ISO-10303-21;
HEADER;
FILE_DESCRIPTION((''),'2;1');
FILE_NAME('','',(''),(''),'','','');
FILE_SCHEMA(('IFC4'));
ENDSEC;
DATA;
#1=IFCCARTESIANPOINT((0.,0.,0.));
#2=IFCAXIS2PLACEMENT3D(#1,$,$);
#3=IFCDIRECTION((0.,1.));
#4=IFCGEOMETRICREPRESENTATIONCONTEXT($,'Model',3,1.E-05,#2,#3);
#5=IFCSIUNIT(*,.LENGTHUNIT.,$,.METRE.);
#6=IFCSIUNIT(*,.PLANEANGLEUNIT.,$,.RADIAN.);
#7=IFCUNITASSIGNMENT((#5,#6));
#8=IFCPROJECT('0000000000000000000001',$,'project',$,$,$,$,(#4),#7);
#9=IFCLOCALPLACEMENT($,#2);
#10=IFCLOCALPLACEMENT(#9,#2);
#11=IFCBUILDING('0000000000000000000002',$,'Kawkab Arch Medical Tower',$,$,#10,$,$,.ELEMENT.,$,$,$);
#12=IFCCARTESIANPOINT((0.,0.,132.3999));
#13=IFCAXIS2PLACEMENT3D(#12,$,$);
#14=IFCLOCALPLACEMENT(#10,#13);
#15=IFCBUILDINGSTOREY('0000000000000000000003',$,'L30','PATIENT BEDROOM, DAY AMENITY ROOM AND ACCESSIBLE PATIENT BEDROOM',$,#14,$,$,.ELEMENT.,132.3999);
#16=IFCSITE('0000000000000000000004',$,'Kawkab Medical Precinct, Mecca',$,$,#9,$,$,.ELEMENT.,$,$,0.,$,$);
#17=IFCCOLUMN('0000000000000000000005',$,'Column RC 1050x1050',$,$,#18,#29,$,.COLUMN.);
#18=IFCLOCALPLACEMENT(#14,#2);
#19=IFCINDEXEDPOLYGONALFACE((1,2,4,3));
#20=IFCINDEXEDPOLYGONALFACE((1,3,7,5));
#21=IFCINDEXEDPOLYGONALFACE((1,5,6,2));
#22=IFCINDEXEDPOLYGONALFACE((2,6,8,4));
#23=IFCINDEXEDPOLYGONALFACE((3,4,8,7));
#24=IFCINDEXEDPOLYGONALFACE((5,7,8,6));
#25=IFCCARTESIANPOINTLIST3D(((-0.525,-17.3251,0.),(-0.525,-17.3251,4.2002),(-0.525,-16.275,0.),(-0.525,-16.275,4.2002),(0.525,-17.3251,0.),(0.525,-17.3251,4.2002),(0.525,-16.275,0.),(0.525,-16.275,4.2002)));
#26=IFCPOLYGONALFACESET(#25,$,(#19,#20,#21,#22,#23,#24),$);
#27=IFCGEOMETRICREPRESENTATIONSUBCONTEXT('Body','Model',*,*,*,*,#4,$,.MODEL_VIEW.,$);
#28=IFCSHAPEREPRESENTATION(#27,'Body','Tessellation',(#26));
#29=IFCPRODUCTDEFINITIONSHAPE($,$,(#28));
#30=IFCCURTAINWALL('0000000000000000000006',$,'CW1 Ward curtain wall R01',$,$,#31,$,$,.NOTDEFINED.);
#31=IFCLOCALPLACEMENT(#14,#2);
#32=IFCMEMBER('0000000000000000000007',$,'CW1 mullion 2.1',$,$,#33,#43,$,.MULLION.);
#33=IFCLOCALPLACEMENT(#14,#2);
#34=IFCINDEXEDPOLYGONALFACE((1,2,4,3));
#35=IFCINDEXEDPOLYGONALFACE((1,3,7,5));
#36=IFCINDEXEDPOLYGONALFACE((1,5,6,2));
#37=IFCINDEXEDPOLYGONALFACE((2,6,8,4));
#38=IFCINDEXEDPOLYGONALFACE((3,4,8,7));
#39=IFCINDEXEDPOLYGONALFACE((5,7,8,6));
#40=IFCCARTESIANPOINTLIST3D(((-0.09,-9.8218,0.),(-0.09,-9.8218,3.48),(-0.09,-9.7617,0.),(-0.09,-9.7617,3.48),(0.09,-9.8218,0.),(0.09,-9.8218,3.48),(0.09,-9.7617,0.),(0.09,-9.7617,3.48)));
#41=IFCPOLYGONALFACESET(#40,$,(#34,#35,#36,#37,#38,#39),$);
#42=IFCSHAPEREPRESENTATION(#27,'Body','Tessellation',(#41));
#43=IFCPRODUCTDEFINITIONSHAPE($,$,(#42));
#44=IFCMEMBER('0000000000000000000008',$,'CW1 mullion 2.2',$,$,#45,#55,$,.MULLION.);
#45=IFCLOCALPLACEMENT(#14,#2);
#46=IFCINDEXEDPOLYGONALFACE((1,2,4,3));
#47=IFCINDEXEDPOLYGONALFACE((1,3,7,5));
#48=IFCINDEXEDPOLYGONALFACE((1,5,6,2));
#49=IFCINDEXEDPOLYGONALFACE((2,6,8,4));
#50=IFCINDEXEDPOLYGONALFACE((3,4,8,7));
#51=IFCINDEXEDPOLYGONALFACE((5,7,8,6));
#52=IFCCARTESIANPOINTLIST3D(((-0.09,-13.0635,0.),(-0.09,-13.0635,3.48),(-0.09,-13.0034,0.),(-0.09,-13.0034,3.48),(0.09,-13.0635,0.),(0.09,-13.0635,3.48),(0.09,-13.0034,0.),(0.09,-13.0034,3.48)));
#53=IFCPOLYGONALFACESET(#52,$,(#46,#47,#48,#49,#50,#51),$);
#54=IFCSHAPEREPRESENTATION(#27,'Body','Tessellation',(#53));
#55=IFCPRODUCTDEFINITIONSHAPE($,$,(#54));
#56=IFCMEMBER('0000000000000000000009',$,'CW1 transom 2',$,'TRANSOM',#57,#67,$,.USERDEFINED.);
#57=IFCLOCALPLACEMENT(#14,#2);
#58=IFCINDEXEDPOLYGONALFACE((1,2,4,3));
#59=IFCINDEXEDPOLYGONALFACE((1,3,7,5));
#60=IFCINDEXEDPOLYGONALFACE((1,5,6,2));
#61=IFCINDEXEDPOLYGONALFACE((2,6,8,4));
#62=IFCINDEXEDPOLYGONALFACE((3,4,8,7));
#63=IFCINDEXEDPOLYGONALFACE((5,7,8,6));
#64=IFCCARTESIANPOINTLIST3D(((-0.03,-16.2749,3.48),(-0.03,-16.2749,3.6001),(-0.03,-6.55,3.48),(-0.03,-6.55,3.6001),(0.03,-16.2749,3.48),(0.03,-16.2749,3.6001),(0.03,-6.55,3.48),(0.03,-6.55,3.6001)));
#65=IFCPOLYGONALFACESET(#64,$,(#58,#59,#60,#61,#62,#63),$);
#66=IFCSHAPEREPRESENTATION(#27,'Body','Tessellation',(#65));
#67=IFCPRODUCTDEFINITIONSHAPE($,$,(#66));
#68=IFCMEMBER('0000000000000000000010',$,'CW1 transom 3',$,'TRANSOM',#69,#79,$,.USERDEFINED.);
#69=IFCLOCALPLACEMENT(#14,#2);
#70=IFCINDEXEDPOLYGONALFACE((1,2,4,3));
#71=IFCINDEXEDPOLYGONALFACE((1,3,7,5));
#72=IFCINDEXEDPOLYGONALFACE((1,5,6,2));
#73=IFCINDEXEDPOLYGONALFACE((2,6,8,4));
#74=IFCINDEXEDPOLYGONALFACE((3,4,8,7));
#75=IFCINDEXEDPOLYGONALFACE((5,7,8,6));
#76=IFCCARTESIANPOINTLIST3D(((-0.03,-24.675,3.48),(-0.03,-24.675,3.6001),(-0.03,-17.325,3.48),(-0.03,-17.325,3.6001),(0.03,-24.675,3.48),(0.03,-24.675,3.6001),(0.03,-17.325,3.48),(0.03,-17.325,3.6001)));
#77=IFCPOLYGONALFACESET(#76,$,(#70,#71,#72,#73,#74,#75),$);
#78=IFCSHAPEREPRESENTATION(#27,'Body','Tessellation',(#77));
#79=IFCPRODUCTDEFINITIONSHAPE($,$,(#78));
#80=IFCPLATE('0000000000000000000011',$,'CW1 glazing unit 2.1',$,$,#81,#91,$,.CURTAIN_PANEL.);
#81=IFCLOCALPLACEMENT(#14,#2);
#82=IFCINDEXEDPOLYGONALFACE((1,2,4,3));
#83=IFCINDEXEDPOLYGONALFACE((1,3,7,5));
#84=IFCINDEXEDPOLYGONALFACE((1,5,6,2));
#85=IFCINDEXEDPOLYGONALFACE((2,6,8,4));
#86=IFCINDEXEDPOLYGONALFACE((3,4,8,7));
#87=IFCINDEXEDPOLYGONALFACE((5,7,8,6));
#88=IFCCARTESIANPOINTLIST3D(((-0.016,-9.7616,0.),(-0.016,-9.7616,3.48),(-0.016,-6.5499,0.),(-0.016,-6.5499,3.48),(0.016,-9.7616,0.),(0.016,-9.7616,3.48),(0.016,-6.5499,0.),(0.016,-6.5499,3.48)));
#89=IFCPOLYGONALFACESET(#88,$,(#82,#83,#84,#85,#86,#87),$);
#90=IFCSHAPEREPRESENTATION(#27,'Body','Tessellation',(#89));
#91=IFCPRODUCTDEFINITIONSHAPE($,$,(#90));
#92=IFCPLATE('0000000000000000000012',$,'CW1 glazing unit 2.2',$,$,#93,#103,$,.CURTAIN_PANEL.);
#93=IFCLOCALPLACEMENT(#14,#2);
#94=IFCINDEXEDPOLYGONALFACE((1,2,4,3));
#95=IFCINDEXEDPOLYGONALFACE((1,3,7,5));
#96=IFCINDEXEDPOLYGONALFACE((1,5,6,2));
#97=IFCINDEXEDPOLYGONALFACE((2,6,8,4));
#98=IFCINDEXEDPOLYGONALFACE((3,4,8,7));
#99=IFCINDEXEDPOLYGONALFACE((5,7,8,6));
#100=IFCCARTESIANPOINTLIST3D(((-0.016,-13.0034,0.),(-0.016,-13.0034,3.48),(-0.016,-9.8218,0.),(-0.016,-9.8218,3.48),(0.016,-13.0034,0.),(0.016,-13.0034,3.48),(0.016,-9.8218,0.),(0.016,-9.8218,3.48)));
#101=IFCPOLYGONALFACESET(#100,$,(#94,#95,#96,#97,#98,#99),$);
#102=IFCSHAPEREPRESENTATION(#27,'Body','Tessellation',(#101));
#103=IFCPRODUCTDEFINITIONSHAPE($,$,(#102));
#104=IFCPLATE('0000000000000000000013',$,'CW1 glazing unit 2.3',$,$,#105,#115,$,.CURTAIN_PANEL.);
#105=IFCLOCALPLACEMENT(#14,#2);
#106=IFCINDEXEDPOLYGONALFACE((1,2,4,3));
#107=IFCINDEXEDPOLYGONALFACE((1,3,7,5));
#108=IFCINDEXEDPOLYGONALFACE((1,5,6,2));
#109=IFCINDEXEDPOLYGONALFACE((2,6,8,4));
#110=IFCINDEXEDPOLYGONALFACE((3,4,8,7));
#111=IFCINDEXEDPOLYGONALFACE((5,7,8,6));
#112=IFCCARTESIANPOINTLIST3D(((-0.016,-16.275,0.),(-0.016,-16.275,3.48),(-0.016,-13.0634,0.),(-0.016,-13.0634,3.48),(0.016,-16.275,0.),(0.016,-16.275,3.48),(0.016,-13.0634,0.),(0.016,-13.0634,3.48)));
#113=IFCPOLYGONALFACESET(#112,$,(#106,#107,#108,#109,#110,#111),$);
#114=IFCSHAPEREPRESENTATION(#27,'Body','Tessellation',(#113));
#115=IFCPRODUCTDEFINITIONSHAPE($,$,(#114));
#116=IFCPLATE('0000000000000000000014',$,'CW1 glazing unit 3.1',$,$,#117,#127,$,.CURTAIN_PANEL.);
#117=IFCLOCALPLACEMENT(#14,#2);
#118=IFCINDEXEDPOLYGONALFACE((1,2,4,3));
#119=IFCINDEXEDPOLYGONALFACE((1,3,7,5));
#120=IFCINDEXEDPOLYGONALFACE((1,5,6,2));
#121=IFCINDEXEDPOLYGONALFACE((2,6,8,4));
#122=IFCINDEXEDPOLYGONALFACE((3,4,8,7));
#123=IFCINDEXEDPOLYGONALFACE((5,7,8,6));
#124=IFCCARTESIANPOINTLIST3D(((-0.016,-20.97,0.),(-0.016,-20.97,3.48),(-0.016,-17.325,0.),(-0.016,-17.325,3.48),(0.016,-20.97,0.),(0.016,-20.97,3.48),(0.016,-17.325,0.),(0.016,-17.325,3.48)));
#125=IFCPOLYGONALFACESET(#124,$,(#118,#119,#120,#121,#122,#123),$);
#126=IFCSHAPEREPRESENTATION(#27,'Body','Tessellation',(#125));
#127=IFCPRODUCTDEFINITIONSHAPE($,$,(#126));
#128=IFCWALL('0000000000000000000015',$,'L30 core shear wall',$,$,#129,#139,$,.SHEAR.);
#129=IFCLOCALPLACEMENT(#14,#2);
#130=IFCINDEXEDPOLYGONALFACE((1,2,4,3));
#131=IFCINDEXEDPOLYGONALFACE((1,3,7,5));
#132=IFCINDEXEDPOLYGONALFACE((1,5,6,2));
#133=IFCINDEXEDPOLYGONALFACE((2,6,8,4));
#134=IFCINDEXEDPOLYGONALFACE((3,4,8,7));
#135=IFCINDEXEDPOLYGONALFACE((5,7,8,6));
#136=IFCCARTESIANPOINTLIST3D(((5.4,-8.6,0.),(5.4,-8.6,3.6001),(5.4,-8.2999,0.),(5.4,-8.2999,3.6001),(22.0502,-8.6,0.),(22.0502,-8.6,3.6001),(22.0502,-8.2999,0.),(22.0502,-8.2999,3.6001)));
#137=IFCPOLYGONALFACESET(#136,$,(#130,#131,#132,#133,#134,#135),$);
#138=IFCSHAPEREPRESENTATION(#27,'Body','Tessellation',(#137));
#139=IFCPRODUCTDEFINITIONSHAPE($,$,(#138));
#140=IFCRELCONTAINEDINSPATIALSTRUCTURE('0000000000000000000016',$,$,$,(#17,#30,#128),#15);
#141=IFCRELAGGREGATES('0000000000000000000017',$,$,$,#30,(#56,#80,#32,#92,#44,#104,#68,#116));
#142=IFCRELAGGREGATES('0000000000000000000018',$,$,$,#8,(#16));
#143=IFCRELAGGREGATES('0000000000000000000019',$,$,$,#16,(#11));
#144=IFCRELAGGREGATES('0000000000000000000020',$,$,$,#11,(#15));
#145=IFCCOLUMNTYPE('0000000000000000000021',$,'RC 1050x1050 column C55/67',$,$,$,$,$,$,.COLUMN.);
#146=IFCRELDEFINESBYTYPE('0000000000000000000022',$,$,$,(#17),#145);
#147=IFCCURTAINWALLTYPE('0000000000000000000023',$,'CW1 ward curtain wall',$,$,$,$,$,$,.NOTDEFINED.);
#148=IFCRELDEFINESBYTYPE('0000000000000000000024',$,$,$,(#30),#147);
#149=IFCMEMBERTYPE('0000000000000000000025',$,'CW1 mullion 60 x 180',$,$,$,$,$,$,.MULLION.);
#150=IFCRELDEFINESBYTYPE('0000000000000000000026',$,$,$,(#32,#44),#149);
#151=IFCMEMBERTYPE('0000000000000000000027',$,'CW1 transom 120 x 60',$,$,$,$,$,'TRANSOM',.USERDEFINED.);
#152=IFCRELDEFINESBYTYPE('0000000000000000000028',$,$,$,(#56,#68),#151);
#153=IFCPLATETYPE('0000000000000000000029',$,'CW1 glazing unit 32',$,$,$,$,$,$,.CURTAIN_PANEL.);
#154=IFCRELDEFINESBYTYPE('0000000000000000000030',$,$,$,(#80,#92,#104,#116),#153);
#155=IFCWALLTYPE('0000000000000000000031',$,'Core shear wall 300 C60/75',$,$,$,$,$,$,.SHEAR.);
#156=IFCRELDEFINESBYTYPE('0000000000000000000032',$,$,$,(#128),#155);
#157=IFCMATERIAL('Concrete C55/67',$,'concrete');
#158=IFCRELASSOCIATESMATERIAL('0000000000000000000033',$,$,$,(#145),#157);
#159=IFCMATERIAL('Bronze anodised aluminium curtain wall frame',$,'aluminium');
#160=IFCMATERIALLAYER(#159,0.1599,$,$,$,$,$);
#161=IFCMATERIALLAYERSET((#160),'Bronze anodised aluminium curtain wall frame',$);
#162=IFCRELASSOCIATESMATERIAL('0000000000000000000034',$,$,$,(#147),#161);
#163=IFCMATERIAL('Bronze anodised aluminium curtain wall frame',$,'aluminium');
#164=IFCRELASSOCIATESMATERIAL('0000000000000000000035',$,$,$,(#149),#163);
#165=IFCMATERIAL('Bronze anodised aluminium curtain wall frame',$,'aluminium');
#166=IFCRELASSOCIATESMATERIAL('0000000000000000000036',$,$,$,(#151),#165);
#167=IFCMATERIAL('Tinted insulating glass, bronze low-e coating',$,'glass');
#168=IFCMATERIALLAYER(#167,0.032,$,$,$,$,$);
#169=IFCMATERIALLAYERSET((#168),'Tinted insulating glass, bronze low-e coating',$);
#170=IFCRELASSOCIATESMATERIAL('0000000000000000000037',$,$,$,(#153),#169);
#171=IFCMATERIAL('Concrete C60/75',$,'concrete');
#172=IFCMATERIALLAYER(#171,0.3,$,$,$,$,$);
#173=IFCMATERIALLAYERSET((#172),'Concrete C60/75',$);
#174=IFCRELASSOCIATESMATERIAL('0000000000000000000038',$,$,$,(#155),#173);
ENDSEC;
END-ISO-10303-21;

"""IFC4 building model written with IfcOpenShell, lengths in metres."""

from ifc_helpers import new_model, si_unit, direction, frame, frame_2d, origin, origin_2d, place, context, subcontext, project, spatial, rectangle, extrude, material, layer, layer_set, material_profile, profile_set, type_object, element, aggregate, save


model = new_model("IFC4")

# Units and contexts
model_context = context("Model", 3, precision=1e-05, world=origin(), true_north=direction((0.0, 1.0)))
body_context = subcontext(model_context, "Body", "Model", "MODEL_VIEW")
ifc_project = project(units=[si_unit("LENGTHUNIT", "METRE"), si_unit("PLANEANGLEUNIT", "RADIAN")], contexts=[model_context])

# Site, building, storey
site_placement = place(None, origin())
site = spatial("IfcSite", under=ifc_project, at=site_placement, Name="Kawkab Medical Precinct, Mecca", CompositionType="ELEMENT", RefElevation=0.0)
building_placement = place(site_placement, origin())
building = spatial("IfcBuilding", under=site, at=building_placement, Name="Kawkab Arch Medical Tower", CompositionType="ELEMENT")
storey_placement = place(building_placement, frame((0.0, 0.0, 132.3999)))
storey = spatial("IfcBuildingStorey", under=building, at=storey_placement, Name="L30", Description="PATIENT BEDROOM, DAY AMENITY ROOM AND ACCESSIBLE PATIENT BEDROOM", CompositionType="ELEMENT", Elevation=132.3999)

# Column
ifc_material_1 = material(Name="Concrete C55/67", Category="concrete")
ifc_material_profile_1 = material_profile(ifc_material_1, rectangle(XDim=1.05, YDim=1.05, at=origin_2d()), Name="RC 1050x1050")
ifc_profile_set_1 = profile_set([ifc_material_profile_1], Name="Concrete C55/67")
column_type = type_object("IfcColumnType", Name="RC 1050x1050 column C55/67", PredefinedType="COLUMN", material=ifc_profile_set_1)
column_placement = place(storey_placement, frame((0.0, -16.8, 0.0), z_axis=(0.0, 0.0, 1.0), x_axis=(1.0, 0.0, 0.0)))
element("IfcColumn", 1, at=column_placement, inside=storey, type_object=column_type, Name="Column RC 1050x1050", PredefinedType="COLUMN", context=body_context, shape_type="SweptSolid", body=[
    extrude(rectangle(XDim=1.05, YDim=1.05, at=origin_2d()), origin(), (0.0, 0.0, 1.0), 4.2002),
])

# Curtain wall, members, plates
ifc_material_2 = material(Name="Bronze anodised aluminium curtain wall frame", Category="aluminium")
ifc_layer_1 = layer(ifc_material_2, 0.1599)
ifc_layer_set_1 = layer_set([ifc_layer_1], Name="Bronze anodised aluminium curtain wall frame")
curtain_wall_type = type_object("IfcCurtainWallType", Name="CW1 ward curtain wall", PredefinedType="NOTDEFINED", material=ifc_layer_set_1)
placement = place(storey_placement, origin())
curtain_wall = element("IfcCurtainWall", 2, at=placement, inside=storey, type_object=curtain_wall_type, Name="CW1 Ward curtain wall R01", PredefinedType="NOTDEFINED")
ifc_material_3 = material(Name="Bronze anodised aluminium curtain wall frame", Category="aluminium")
ifc_material_profile_2 = material_profile(ifc_material_3, rectangle(XDim=0.1799, YDim=0.0601, at=origin_2d()), Name="AL 60x180")
ifc_profile_set_2 = profile_set([ifc_material_profile_2], Name="Bronze anodised aluminium curtain wall frame")
member_type_1 = type_object("IfcMemberType", Name="CW1 mullion 60 x 180", PredefinedType="MULLION", material=ifc_profile_set_2)
member_1_placement = place(storey_placement, frame((0.0, -9.7917, 0.0), z_axis=(0.0, 0.0, 1.0), x_axis=(1.0, 0.0, 0.0)))
member_1 = element("IfcMember", 3, at=member_1_placement, type_object=member_type_1, Name="CW1 mullion 2.1", PredefinedType="MULLION", context=body_context, shape_type="SweptSolid", body=[
    extrude(rectangle(XDim=0.1799, YDim=0.0601, at=origin_2d()), origin(), (0.0, 0.0, 1.0), 3.48),
])
member_2_placement = place(storey_placement, frame((0.0, -13.0334, 0.0), z_axis=(0.0, 0.0, 1.0), x_axis=(1.0, 0.0, 0.0)))
member_2 = element("IfcMember", 4, at=member_2_placement, type_object=member_type_1, Name="CW1 mullion 2.2", PredefinedType="MULLION", context=body_context, shape_type="SweptSolid", body=[
    extrude(rectangle(XDim=0.1799, YDim=0.0601, at=origin_2d()), origin(), (0.0, 0.0, 1.0), 3.48),
])
ifc_material_4 = material(Name="Bronze anodised aluminium curtain wall frame", Category="aluminium")
ifc_material_profile_3 = material_profile(ifc_material_4, rectangle(XDim=0.0601, YDim=0.1201, at=origin_2d()), Name="AL 60x120")
ifc_profile_set_3 = profile_set([ifc_material_profile_3], Name="Bronze anodised aluminium curtain wall frame")
member_type_2 = type_object("IfcMemberType", Name="CW1 transom 120 x 60", ElementType="TRANSOM", PredefinedType="USERDEFINED", material=ifc_profile_set_3)
member_3_placement = place(storey_placement, frame((0.0, -6.55, 3.54), z_axis=(0.0, -1.0, 0.0), x_axis=(1.0, 0.0, 0.0)))
member_3 = element("IfcMember", 5, at=member_3_placement, type_object=member_type_2, Name="CW1 transom 2", ObjectType="TRANSOM", PredefinedType="USERDEFINED", context=body_context, shape_type="SweptSolid", body=[
    extrude(rectangle(XDim=0.0601, YDim=0.1201, at=origin_2d()), origin(), (0.0, 0.0, 1.0), 9.7249),
])
member_4_placement = place(storey_placement, frame((0.0, -17.325, 3.54), z_axis=(0.0, -1.0, 0.0), x_axis=(1.0, 0.0, 0.0)))
member_4 = element("IfcMember", 6, at=member_4_placement, type_object=member_type_2, Name="CW1 transom 3", ObjectType="TRANSOM", PredefinedType="USERDEFINED", context=body_context, shape_type="SweptSolid", body=[
    extrude(rectangle(XDim=0.0601, YDim=0.1201, at=origin_2d()), origin(), (0.0, 0.0, 1.0), 7.3501),
])
ifc_material_5 = material(Name="Tinted insulating glass, bronze low-e coating", Category="glass")
ifc_layer_2 = layer(ifc_material_5, 0.032)
ifc_layer_set_2 = layer_set([ifc_layer_2], Name="Tinted insulating glass, bronze low-e coating")
plate_type = type_object("IfcPlateType", Name="CW1 glazing unit 32", PredefinedType="CURTAIN_PANEL", material=ifc_layer_set_2)
plate_1_placement = place(storey_placement, frame((0.0, -8.1558, 0.0), z_axis=(0.0, 0.0, 1.0), x_axis=(0.0, -1.0, 0.0)))
plate_1 = element("IfcPlate", 7, at=plate_1_placement, type_object=plate_type, Name="CW1 glazing unit 2.1", PredefinedType="CURTAIN_PANEL", context=body_context, shape_type="SweptSolid", body=[
    extrude(rectangle(XDim=3.2117, YDim=0.032, at=origin_2d()), origin(), (0.0, 0.0, 1.0), 3.48),
])
plate_2_placement = place(storey_placement, frame((0.0, -11.4126, 0.0), z_axis=(0.0, 0.0, 1.0), x_axis=(0.0, -1.0, 0.0)))
plate_2 = element("IfcPlate", 8, at=plate_2_placement, type_object=plate_type, Name="CW1 glazing unit 2.2", PredefinedType="CURTAIN_PANEL", context=body_context, shape_type="SweptSolid", body=[
    extrude(rectangle(XDim=3.1816, YDim=0.032, at=origin_2d()), origin(), (0.0, 0.0, 1.0), 3.48),
])
plate_3_placement = place(storey_placement, frame((0.0, -14.6692, 0.0), z_axis=(0.0, 0.0, 1.0), x_axis=(0.0, -1.0, 0.0)))
plate_3 = element("IfcPlate", 9, at=plate_3_placement, type_object=plate_type, Name="CW1 glazing unit 2.3", PredefinedType="CURTAIN_PANEL", context=body_context, shape_type="SweptSolid", body=[
    extrude(rectangle(XDim=3.2117, YDim=0.032, at=origin_2d()), origin(), (0.0, 0.0, 1.0), 3.48),
])
plate_4_placement = place(storey_placement, frame((0.0, -19.1475, 0.0), z_axis=(0.0, 0.0, 1.0), x_axis=(0.0, -1.0, 0.0)))
plate_4 = element("IfcPlate", 10, at=plate_4_placement, type_object=plate_type, Name="CW1 glazing unit 3.1", PredefinedType="CURTAIN_PANEL", context=body_context, shape_type="SweptSolid", body=[
    extrude(rectangle(XDim=3.645, YDim=0.032, at=origin_2d()), origin(), (0.0, 0.0, 1.0), 3.48),
])
aggregate(curtain_wall, [member_3, plate_1, member_1, plate_2, member_2, plate_3, member_4, plate_4])

# Wall
ifc_material_6 = material(Name="Concrete C60/75", Category="concrete")
ifc_layer_3 = layer(ifc_material_6, 0.3)
ifc_layer_set_3 = layer_set([ifc_layer_3], Name="Concrete C60/75")
wall_type_1 = type_object("IfcWallType", Name="Core shear wall 300 C60/75", PredefinedType="SHEAR", material=ifc_layer_set_3)
wall_1_placement = place(storey_placement, frame((5.3999, -8.45, 0.0), z_axis=(0.0, 0.0, 1.0), x_axis=(1.0, 0.0, 0.0)))
element("IfcWall", 11, at=wall_1_placement, inside=storey, type_object=wall_type_1, Name="L30 core shear wall", PredefinedType="SHEAR", context=body_context, shape_type="SweptSolid", body=[
    extrude(rectangle(XDim=16.6501, YDim=0.3, at=frame_2d((8.3252, 0.0))), origin(), (0.0, 0.0, 1.0), 3.6001),
])

save(model, "model.ifc")
